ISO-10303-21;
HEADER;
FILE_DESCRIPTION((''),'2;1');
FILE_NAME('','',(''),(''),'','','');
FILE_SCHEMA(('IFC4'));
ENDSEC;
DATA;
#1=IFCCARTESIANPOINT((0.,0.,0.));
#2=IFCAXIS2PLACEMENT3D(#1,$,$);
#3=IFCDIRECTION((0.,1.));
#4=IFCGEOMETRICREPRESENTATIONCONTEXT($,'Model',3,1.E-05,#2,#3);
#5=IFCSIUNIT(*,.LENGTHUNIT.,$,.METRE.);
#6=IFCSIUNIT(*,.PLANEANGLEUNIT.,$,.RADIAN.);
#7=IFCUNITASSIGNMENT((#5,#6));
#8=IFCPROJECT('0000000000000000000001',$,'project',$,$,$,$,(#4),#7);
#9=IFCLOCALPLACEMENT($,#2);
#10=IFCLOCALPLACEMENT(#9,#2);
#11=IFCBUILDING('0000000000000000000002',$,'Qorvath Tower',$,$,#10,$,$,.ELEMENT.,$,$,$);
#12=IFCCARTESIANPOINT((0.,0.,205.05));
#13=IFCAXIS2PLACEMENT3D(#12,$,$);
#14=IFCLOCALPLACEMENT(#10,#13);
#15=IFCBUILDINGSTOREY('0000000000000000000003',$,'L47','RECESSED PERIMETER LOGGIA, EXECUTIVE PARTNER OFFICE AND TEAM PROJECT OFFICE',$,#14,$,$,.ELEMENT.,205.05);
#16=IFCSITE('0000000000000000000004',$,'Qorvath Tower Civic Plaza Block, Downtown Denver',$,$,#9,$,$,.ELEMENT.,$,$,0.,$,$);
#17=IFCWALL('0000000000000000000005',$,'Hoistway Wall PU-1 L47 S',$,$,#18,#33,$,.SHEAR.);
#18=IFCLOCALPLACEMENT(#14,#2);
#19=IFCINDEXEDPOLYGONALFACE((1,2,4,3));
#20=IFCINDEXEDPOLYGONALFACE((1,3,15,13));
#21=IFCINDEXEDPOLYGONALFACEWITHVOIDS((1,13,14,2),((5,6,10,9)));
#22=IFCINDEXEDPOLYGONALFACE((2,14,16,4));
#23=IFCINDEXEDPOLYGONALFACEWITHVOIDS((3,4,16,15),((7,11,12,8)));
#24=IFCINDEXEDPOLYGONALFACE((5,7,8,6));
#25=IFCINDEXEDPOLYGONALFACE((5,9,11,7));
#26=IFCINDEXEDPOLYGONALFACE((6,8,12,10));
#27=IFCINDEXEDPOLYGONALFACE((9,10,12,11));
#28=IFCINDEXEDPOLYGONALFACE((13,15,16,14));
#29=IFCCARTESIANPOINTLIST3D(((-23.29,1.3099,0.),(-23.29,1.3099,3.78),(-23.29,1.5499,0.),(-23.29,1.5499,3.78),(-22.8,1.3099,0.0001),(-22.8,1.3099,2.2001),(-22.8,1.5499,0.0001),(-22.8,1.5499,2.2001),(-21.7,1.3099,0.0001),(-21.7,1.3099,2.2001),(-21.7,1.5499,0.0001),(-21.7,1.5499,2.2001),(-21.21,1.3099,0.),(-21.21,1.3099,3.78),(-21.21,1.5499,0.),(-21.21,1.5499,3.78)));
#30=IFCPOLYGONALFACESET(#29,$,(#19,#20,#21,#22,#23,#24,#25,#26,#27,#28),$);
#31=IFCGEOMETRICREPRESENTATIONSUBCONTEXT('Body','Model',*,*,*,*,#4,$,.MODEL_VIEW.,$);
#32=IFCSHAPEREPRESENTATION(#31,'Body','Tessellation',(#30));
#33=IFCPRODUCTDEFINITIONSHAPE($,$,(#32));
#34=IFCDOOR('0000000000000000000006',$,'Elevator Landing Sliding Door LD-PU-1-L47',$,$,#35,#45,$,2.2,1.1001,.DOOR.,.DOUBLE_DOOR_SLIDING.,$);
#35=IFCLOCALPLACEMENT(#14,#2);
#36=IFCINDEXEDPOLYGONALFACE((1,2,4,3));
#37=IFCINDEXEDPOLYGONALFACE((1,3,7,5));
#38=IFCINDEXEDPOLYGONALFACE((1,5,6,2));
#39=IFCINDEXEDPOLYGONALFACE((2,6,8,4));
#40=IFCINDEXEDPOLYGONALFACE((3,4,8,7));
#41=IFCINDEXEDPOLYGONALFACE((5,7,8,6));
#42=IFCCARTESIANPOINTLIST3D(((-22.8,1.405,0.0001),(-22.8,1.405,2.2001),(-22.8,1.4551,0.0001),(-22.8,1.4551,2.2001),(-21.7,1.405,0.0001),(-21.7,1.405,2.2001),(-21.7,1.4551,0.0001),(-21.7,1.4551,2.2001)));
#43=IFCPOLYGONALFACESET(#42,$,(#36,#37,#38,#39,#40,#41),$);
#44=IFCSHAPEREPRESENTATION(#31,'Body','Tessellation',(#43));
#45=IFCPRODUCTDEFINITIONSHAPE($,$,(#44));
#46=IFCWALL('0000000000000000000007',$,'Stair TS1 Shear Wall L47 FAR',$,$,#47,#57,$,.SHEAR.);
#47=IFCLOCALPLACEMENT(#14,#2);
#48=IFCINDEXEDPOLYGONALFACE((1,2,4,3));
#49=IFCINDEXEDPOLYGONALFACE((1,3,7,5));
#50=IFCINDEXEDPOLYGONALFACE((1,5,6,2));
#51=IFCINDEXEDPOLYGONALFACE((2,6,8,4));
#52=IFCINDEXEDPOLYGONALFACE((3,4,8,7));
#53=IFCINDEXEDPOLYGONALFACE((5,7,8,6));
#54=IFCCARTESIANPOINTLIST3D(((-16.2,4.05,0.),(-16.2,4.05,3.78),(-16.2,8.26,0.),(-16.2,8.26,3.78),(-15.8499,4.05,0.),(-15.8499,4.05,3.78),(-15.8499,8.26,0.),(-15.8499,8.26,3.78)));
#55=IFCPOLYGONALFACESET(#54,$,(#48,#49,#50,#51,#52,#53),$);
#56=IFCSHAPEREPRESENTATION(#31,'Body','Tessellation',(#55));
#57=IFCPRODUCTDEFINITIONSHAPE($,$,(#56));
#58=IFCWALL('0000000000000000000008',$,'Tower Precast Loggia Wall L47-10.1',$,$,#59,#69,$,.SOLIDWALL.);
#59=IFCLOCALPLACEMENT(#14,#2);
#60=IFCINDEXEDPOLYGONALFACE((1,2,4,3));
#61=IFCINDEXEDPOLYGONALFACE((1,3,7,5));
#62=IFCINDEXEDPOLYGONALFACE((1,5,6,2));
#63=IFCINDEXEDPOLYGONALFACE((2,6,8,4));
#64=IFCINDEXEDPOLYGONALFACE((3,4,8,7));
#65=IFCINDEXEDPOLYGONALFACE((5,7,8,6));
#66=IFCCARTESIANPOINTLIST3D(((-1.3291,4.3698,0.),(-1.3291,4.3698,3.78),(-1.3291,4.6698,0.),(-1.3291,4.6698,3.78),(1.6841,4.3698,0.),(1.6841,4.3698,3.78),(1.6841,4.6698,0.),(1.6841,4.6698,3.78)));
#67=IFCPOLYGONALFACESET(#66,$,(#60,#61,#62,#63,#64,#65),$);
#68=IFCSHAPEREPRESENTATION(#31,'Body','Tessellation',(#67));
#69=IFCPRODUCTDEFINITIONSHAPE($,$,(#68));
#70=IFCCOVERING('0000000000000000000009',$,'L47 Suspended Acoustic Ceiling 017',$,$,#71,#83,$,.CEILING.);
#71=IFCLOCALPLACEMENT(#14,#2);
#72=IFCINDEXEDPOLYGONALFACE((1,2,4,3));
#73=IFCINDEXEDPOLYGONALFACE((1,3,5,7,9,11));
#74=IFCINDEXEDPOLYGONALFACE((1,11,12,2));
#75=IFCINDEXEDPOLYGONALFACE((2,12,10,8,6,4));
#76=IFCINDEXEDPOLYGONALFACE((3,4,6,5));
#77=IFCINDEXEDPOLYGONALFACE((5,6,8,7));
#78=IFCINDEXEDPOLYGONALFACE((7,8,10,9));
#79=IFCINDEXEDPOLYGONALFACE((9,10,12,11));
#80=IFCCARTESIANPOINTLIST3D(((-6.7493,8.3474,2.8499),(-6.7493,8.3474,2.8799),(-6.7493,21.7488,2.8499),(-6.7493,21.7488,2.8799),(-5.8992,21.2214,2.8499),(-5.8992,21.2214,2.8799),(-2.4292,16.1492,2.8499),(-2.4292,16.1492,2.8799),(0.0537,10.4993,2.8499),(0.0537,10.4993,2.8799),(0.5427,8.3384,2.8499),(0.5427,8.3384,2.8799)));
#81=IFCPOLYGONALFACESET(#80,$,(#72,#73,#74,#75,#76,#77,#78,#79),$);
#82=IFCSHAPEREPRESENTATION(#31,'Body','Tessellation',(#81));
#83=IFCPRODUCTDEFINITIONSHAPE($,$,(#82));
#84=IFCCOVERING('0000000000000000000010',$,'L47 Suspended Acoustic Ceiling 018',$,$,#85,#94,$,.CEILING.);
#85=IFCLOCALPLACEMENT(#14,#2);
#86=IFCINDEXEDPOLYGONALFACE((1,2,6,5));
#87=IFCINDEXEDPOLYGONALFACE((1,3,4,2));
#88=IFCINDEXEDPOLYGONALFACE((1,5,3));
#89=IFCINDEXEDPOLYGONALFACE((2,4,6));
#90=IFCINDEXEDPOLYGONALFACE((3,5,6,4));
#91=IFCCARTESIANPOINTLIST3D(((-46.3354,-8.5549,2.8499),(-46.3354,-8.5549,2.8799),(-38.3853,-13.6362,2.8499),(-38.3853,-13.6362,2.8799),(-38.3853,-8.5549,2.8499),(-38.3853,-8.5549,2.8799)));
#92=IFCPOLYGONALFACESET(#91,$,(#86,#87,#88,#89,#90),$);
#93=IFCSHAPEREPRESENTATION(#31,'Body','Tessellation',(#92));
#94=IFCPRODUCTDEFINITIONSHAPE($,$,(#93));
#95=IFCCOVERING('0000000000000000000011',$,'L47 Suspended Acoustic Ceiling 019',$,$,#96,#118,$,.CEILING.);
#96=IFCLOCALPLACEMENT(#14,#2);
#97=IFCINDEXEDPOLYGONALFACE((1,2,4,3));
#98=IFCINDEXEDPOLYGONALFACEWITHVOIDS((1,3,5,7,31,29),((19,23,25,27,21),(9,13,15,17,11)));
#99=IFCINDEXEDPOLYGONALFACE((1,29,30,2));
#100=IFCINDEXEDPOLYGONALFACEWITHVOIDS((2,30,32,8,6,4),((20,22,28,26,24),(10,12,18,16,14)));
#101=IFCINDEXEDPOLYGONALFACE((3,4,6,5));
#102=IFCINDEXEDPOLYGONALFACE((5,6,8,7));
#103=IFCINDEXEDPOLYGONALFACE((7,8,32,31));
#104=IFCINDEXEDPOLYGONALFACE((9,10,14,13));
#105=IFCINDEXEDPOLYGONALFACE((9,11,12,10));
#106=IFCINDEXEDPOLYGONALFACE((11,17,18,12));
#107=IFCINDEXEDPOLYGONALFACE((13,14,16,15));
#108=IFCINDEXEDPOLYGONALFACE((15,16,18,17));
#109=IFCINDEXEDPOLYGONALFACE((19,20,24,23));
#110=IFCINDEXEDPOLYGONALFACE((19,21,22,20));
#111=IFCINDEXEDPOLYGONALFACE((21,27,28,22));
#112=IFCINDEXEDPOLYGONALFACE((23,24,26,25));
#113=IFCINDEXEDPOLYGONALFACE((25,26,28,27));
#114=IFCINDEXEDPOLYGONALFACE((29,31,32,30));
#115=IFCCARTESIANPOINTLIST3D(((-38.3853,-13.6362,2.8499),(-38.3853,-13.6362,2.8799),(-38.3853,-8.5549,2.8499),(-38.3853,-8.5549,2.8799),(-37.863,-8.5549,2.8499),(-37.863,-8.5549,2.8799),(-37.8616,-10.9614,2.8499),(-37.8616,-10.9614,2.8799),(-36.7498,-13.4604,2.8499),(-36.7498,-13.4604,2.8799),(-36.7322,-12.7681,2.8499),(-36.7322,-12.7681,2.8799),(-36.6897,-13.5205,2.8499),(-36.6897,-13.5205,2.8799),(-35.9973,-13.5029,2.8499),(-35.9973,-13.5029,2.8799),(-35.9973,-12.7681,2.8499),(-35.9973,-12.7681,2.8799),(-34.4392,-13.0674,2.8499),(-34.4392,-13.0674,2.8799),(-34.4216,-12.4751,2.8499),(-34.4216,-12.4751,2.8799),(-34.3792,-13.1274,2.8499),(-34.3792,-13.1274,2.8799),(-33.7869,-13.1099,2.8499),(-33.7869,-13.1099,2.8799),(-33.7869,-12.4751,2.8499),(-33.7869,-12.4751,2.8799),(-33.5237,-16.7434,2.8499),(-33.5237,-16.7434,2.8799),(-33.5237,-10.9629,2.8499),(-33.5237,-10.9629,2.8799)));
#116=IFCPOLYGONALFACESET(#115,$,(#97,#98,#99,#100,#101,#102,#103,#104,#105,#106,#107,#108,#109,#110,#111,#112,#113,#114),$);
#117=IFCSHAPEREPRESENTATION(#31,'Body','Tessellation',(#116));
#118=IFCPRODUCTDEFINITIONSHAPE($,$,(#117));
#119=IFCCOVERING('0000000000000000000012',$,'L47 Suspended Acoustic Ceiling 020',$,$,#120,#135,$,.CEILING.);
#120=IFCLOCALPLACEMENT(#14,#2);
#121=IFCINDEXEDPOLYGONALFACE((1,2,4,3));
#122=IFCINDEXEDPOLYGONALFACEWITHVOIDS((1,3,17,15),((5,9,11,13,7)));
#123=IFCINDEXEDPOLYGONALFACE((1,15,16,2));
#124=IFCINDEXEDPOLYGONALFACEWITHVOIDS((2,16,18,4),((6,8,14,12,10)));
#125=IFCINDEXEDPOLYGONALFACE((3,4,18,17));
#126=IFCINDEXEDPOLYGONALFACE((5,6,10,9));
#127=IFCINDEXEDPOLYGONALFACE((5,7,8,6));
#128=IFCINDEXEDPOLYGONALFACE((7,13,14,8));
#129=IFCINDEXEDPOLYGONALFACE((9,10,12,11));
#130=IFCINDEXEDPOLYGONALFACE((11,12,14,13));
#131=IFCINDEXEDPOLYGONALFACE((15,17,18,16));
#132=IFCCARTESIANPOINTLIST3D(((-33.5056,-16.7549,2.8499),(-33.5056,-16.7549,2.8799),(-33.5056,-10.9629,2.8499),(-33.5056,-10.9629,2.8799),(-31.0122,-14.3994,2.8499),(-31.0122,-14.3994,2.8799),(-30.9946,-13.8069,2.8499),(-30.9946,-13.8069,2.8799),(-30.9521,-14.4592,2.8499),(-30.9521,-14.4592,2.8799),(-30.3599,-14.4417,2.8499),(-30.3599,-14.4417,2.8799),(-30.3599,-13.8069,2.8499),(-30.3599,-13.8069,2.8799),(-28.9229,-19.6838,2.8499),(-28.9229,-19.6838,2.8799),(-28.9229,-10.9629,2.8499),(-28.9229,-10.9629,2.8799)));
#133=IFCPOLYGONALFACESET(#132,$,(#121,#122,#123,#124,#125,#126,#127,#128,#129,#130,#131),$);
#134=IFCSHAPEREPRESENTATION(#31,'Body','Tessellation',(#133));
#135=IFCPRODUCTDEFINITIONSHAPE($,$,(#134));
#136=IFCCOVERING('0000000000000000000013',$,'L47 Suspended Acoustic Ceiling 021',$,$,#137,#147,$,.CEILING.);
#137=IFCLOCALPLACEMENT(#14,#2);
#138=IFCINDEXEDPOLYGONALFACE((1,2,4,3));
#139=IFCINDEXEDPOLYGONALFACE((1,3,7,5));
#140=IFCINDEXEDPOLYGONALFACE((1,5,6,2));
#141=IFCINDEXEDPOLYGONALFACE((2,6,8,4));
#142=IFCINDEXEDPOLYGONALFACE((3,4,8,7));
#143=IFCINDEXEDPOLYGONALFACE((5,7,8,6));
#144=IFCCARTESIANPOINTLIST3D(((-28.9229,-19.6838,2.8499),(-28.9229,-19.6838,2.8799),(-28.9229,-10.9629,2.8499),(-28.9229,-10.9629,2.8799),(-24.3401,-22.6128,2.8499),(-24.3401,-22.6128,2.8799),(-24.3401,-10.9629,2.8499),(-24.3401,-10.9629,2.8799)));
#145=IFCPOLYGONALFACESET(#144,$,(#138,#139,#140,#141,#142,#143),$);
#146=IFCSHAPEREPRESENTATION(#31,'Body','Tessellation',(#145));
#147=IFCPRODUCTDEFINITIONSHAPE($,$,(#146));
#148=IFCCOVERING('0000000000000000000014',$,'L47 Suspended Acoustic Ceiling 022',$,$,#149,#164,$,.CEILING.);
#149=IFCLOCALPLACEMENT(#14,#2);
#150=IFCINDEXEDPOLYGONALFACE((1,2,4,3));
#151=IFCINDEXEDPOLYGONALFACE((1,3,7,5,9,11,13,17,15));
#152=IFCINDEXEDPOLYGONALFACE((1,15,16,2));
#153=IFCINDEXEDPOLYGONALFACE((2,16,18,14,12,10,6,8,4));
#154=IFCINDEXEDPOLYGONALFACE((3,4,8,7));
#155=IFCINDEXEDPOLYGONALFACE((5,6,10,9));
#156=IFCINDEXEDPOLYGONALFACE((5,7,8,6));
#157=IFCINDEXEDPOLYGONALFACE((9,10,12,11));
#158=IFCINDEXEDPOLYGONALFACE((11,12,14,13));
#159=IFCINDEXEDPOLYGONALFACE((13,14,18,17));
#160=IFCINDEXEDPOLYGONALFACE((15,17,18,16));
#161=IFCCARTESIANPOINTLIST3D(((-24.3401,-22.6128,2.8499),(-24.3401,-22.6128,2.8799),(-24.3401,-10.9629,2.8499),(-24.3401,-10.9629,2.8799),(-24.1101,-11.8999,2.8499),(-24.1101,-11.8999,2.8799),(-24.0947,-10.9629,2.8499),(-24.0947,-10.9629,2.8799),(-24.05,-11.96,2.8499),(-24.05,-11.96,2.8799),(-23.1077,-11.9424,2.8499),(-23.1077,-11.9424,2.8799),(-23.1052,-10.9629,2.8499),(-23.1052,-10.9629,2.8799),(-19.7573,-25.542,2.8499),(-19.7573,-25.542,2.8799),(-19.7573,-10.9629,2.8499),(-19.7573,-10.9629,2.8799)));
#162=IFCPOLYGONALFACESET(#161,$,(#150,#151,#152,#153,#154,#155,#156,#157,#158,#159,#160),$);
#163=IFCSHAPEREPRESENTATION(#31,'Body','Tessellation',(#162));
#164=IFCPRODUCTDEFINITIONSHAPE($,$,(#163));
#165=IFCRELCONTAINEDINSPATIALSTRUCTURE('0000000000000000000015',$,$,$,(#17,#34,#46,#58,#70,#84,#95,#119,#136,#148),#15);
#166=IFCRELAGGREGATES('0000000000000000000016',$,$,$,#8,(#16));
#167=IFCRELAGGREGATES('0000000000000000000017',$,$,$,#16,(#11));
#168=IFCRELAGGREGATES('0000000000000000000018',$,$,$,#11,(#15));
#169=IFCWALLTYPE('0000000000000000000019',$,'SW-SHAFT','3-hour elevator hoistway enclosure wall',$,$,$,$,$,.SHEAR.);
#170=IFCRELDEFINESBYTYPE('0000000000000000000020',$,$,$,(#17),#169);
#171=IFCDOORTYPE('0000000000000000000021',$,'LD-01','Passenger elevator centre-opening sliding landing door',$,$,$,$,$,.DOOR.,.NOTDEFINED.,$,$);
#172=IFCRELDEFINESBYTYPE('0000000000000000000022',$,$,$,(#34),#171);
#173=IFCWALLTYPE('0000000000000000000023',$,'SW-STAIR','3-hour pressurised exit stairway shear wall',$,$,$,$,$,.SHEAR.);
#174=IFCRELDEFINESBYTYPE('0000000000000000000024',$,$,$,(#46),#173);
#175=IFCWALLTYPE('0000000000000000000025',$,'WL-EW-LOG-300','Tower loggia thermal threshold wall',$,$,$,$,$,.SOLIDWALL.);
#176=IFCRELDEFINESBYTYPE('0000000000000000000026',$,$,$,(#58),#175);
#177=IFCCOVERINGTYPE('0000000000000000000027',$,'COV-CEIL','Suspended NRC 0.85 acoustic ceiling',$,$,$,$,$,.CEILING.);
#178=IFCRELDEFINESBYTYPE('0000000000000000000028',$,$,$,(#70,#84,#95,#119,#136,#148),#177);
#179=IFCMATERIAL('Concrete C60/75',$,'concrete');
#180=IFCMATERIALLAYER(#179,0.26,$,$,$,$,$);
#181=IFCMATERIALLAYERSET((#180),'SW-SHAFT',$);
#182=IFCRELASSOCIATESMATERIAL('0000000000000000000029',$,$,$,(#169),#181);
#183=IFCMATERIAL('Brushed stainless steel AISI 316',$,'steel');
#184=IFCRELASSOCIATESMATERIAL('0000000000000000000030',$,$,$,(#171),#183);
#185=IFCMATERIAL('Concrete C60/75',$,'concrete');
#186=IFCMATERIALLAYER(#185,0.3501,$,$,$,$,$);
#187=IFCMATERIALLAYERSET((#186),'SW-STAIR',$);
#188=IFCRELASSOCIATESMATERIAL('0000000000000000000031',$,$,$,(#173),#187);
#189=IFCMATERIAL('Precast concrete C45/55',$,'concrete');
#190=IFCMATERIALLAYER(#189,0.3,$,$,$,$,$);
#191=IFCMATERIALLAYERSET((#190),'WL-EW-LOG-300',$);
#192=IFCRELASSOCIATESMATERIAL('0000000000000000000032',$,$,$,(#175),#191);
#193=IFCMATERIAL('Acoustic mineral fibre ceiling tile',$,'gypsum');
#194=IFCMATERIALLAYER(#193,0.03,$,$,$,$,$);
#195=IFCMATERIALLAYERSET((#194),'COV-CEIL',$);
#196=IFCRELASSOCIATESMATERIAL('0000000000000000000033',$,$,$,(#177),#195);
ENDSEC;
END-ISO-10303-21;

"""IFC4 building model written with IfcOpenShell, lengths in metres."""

from ifc_helpers import new_model, si_unit, direction, frame, frame_2d, origin, place, context, subcontext, project, spatial, polyline, rectangle, outline, extrude, material, layer, layer_set, type_object, element, fill, save


model = new_model("IFC4")

# Units and contexts
model_context = context("Model", 3, precision=1e-05, world=origin(), true_north=direction((0.0, 1.0)))
body_context = subcontext(model_context, "Body", "Model", "MODEL_VIEW")
ifc_project = project(units=[si_unit("LENGTHUNIT", "METRE"), si_unit("PLANEANGLEUNIT", "RADIAN")], contexts=[model_context])

# Site, building, storey
site_placement = place(None, origin())
site = spatial("IfcSite", under=ifc_project, at=site_placement, Name="Qorvath Tower Civic Plaza Block, Downtown Denver", CompositionType="ELEMENT", RefElevation=0.0)
building_placement = place(site_placement, origin())
building = spatial("IfcBuilding", under=site, at=building_placement, Name="Qorvath Tower", CompositionType="ELEMENT")
storey_placement = place(building_placement, frame((0.0, 0.0, 205.05)))
storey = spatial("IfcBuildingStorey", under=building, at=storey_placement, Name="L47", Description="RECESSED PERIMETER LOGGIA, EXECUTIVE PARTNER OFFICE AND TEAM PROJECT OFFICE", CompositionType="ELEMENT", Elevation=205.05)

# Wall, opening, door
ifc_material_1 = material(Name="Concrete C60/75", Category="concrete")
ifc_layer_1 = layer(ifc_material_1, 0.26)
ifc_layer_set_1 = layer_set([ifc_layer_1], Name="SW-SHAFT")
wall_type_1 = type_object("IfcWallType", Name="SW-SHAFT", Description="3-hour elevator hoistway enclosure wall", PredefinedType="SHEAR", material=ifc_layer_set_1)
wall_1_placement = place(storey_placement, frame((-21.21, 1.4299, 0.0), z_axis=(0.0, 0.0, 1.0), x_axis=(-1.0, 0.0, 0.0)))
wall_1 = element("IfcWall", 1, at=wall_1_placement, inside=storey, type_object=wall_type_1, Name="Hoistway Wall PU-1 L47 S", PredefinedType="SHEAR", context=body_context, shape_type="SweptSolid", body=[
    extrude(rectangle(XDim=2.0801, YDim=0.24, at=frame_2d((1.04, 0.0))), origin(), (0.0, 0.0, 1.0), 3.78),
])
opening_1_placement = place(wall_1_placement, frame((0.49, 0.0, 0.0)))
opening_1 = element("IfcOpeningElement", 2, at=opening_1_placement, cuts=wall_1, PredefinedType="OPENING", context=body_context, shape_type="SweptSolid", body=[
    extrude(rectangle(XDim=1.1001, YDim=2.2, at=frame_2d((0.55, 1.1001))), frame((0.0, 0.1299, 0.0), z_axis=(0.0, -1.0, 0.0), x_axis=(1.0, 0.0, 0.0)), (0.0, 0.0, 1.0), 0.26),
])
ifc_material_2 = material(Name="Brushed stainless steel AISI 316", Category="steel")
door_type_1 = type_object("IfcDoorType", Name="LD-01", Description="Passenger elevator centre-opening sliding landing door", OperationType="NOTDEFINED", PredefinedType="DOOR", material=ifc_material_2)
door_1_placement = place(opening_1_placement, origin())
door_1 = element("IfcDoor", 3, at=door_1_placement, inside=storey, type_object=door_type_1, Name="Elevator Landing Sliding Door LD-PU-1-L47", OperationType="DOUBLE_DOOR_SLIDING", OverallHeight=2.2, OverallWidth=1.1001, PredefinedType="DOOR", context=body_context, shape_type="SweptSolid", body=[
    extrude(rectangle(XDim=1.1001, YDim=2.2, at=frame_2d((0.55, 1.1001))), frame((0.0, 0.0249, 0.0), z_axis=(0.0, -1.0, 0.0), x_axis=(1.0, 0.0, 0.0)), (0.0, 0.0, 1.0), 0.05),
])
fill(opening_1, door_1)

# Walls
ifc_material_3 = material(Name="Concrete C60/75", Category="concrete")
ifc_layer_2 = layer(ifc_material_3, 0.3501)
ifc_layer_set_2 = layer_set([ifc_layer_2], Name="SW-STAIR")
wall_type_2 = type_object("IfcWallType", Name="SW-STAIR", Description="3-hour pressurised exit stairway shear wall", PredefinedType="SHEAR", material=ifc_layer_set_2)
wall_2_placement = place(storey_placement, frame((-16.0249, 4.05, 0.0), z_axis=(0.0, 0.0, 1.0), x_axis=(0.0, 1.0, 0.0)))
element("IfcWall", 4, at=wall_2_placement, inside=storey, type_object=wall_type_2, Name="Stair TS1 Shear Wall L47 FAR", PredefinedType="SHEAR", context=body_context, shape_type="SweptSolid", body=[
    extrude(rectangle(XDim=4.21, YDim=0.3501, at=frame_2d((2.105, 0.0))), origin(), (0.0, 0.0, 1.0), 3.78),
])
ifc_material_4 = material(Name="Precast concrete C45/55", Category="concrete")
ifc_layer_3 = layer(ifc_material_4, 0.3)
ifc_layer_set_3 = layer_set([ifc_layer_3], Name="WL-EW-LOG-300")
wall_type_3 = type_object("IfcWallType", Name="WL-EW-LOG-300", Description="Tower loggia thermal threshold wall", PredefinedType="SOLIDWALL", material=ifc_layer_set_3)
wall_3_placement = place(storey_placement, frame((-1.3291, 4.5198, 0.0), z_axis=(0.0, 0.0, 1.0), x_axis=(1.0, 0.0, 0.0)))
element("IfcWall", 5, at=wall_3_placement, inside=storey, type_object=wall_type_3, Name="Tower Precast Loggia Wall L47-10.1", PredefinedType="SOLIDWALL", context=body_context, shape_type="SweptSolid", body=[
    extrude(rectangle(XDim=3.0132, YDim=0.3, at=frame_2d((1.5066, 0.0))), origin(), (0.0, 0.0, 1.0), 3.78),
])

# Coverings
ifc_material_5 = material(Name="Acoustic mineral fibre ceiling tile", Category="gypsum")
ifc_layer_4 = layer(ifc_material_5, 0.03)
ifc_layer_set_4 = layer_set([ifc_layer_4], Name="COV-CEIL")
covering_type_1 = type_object("IfcCoveringType", Name="COV-CEIL", Description="Suspended NRC 0.85 acoustic ceiling", PredefinedType="CEILING", material=ifc_layer_set_4)
covering_1_placement = place(storey_placement, frame((0.0, 0.0, 2.8499)))
element("IfcCovering", 6, at=covering_1_placement, inside=storey, type_object=covering_type_1, Name="L47 Suspended Acoustic Ceiling 017", PredefinedType="CEILING", context=body_context, shape_type="SweptSolid", body=[
    extrude(outline(polyline([(0.5427, 8.3384), (0.0537, 10.4993), (-2.4292, 16.1492), (-5.8992, 21.2214), (-6.7493, 21.7488), (-6.7493, 8.3474), (0.5427, 8.3384)])), origin(), (0.0, 0.0, 1.0), 0.03),
])
covering_2_placement = place(storey_placement, frame((0.0, 0.0, 2.8499)))
element("IfcCovering", 7, at=covering_2_placement, inside=storey, type_object=covering_type_1, Name="L47 Suspended Acoustic Ceiling 018", PredefinedType="CEILING", context=body_context, shape_type="SweptSolid", body=[
    extrude(outline(polyline([(-38.3853, -13.6362), (-38.3853, -8.5549), (-46.3354, -8.5549), (-38.3853, -13.6362)])), origin(), (0.0, 0.0, 1.0), 0.03),
])
covering_3_placement = place(storey_placement, frame((0.0, 0.0, 2.8499)))
element("IfcCovering", 8, at=covering_3_placement, inside=storey, type_object=covering_type_1, Name="L47 Suspended Acoustic Ceiling 019", PredefinedType="CEILING", context=body_context, shape_type="SweptSolid", body=[
    extrude(outline(polyline([(-37.8616, -10.9614), (-37.863, -8.5549), (-38.3853, -8.5549), (-38.3853, -13.6362), (-33.5237, -16.7434), (-33.5237, -10.9629), (-37.8616, -10.9614)]), holes=[polyline([(-34.4392, -13.0674), (-34.4216, -12.4751), (-33.7869, -12.4751), (-33.7869, -13.1099), (-34.3792, -13.1274), (-34.4392, -13.0674)]), polyline([(-36.7498, -13.4604), (-36.7322, -12.7681), (-35.9973, -12.7681), (-35.9973, -13.5029), (-36.6897, -13.5205), (-36.7498, -13.4604)])]), origin(), (0.0, 0.0, 1.0), 0.03),
])
covering_4_placement = place(storey_placement, frame((0.0, 0.0, 2.8499)))
element("IfcCovering", 9, at=covering_4_placement, inside=storey, type_object=covering_type_1, Name="L47 Suspended Acoustic Ceiling 020", PredefinedType="CEILING", context=body_context, shape_type="SweptSolid", body=[
    extrude(outline(polyline([(-33.5056, -10.9629), (-33.5056, -16.7549), (-28.9229, -19.6838), (-28.9229, -10.9629), (-33.5056, -10.9629)]), holes=[polyline([(-31.0122, -14.3994), (-30.9946, -13.8069), (-30.3599, -13.8069), (-30.3599, -14.4417), (-30.9521, -14.4592), (-31.0122, -14.3994)])]), origin(), (0.0, 0.0, 1.0), 0.03),
])
covering_5_placement = place(storey_placement, frame((0.0, 0.0, 2.8499)))
element("IfcCovering", 10, at=covering_5_placement, inside=storey, type_object=covering_type_1, Name="L47 Suspended Acoustic Ceiling 021", PredefinedType="CEILING", context=body_context, shape_type="SweptSolid", body=[
    extrude(outline(polyline([(-28.9229, -10.9629), (-28.9229, -19.6838), (-24.3401, -22.6128), (-24.3401, -10.9629), (-28.9229, -10.9629)])), origin(), (0.0, 0.0, 1.0), 0.03),
])
covering_6_placement = place(storey_placement, frame((0.0, 0.0, 2.8499)))
element("IfcCovering", 11, at=covering_6_placement, inside=storey, type_object=covering_type_1, Name="L47 Suspended Acoustic Ceiling 022", PredefinedType="CEILING", context=body_context, shape_type="SweptSolid", body=[
    extrude(outline(polyline([(-24.3401, -10.9629), (-24.3401, -22.6128), (-19.7573, -25.542), (-19.7573, -10.9629), (-23.1052, -10.9629), (-23.1077, -11.9424), (-24.05, -11.96), (-24.1101, -11.8999), (-24.0947, -10.9629), (-24.3401, -10.9629)])), origin(), (0.0, 0.0, 1.0), 0.03),
])

save(model, "model.ifc")
